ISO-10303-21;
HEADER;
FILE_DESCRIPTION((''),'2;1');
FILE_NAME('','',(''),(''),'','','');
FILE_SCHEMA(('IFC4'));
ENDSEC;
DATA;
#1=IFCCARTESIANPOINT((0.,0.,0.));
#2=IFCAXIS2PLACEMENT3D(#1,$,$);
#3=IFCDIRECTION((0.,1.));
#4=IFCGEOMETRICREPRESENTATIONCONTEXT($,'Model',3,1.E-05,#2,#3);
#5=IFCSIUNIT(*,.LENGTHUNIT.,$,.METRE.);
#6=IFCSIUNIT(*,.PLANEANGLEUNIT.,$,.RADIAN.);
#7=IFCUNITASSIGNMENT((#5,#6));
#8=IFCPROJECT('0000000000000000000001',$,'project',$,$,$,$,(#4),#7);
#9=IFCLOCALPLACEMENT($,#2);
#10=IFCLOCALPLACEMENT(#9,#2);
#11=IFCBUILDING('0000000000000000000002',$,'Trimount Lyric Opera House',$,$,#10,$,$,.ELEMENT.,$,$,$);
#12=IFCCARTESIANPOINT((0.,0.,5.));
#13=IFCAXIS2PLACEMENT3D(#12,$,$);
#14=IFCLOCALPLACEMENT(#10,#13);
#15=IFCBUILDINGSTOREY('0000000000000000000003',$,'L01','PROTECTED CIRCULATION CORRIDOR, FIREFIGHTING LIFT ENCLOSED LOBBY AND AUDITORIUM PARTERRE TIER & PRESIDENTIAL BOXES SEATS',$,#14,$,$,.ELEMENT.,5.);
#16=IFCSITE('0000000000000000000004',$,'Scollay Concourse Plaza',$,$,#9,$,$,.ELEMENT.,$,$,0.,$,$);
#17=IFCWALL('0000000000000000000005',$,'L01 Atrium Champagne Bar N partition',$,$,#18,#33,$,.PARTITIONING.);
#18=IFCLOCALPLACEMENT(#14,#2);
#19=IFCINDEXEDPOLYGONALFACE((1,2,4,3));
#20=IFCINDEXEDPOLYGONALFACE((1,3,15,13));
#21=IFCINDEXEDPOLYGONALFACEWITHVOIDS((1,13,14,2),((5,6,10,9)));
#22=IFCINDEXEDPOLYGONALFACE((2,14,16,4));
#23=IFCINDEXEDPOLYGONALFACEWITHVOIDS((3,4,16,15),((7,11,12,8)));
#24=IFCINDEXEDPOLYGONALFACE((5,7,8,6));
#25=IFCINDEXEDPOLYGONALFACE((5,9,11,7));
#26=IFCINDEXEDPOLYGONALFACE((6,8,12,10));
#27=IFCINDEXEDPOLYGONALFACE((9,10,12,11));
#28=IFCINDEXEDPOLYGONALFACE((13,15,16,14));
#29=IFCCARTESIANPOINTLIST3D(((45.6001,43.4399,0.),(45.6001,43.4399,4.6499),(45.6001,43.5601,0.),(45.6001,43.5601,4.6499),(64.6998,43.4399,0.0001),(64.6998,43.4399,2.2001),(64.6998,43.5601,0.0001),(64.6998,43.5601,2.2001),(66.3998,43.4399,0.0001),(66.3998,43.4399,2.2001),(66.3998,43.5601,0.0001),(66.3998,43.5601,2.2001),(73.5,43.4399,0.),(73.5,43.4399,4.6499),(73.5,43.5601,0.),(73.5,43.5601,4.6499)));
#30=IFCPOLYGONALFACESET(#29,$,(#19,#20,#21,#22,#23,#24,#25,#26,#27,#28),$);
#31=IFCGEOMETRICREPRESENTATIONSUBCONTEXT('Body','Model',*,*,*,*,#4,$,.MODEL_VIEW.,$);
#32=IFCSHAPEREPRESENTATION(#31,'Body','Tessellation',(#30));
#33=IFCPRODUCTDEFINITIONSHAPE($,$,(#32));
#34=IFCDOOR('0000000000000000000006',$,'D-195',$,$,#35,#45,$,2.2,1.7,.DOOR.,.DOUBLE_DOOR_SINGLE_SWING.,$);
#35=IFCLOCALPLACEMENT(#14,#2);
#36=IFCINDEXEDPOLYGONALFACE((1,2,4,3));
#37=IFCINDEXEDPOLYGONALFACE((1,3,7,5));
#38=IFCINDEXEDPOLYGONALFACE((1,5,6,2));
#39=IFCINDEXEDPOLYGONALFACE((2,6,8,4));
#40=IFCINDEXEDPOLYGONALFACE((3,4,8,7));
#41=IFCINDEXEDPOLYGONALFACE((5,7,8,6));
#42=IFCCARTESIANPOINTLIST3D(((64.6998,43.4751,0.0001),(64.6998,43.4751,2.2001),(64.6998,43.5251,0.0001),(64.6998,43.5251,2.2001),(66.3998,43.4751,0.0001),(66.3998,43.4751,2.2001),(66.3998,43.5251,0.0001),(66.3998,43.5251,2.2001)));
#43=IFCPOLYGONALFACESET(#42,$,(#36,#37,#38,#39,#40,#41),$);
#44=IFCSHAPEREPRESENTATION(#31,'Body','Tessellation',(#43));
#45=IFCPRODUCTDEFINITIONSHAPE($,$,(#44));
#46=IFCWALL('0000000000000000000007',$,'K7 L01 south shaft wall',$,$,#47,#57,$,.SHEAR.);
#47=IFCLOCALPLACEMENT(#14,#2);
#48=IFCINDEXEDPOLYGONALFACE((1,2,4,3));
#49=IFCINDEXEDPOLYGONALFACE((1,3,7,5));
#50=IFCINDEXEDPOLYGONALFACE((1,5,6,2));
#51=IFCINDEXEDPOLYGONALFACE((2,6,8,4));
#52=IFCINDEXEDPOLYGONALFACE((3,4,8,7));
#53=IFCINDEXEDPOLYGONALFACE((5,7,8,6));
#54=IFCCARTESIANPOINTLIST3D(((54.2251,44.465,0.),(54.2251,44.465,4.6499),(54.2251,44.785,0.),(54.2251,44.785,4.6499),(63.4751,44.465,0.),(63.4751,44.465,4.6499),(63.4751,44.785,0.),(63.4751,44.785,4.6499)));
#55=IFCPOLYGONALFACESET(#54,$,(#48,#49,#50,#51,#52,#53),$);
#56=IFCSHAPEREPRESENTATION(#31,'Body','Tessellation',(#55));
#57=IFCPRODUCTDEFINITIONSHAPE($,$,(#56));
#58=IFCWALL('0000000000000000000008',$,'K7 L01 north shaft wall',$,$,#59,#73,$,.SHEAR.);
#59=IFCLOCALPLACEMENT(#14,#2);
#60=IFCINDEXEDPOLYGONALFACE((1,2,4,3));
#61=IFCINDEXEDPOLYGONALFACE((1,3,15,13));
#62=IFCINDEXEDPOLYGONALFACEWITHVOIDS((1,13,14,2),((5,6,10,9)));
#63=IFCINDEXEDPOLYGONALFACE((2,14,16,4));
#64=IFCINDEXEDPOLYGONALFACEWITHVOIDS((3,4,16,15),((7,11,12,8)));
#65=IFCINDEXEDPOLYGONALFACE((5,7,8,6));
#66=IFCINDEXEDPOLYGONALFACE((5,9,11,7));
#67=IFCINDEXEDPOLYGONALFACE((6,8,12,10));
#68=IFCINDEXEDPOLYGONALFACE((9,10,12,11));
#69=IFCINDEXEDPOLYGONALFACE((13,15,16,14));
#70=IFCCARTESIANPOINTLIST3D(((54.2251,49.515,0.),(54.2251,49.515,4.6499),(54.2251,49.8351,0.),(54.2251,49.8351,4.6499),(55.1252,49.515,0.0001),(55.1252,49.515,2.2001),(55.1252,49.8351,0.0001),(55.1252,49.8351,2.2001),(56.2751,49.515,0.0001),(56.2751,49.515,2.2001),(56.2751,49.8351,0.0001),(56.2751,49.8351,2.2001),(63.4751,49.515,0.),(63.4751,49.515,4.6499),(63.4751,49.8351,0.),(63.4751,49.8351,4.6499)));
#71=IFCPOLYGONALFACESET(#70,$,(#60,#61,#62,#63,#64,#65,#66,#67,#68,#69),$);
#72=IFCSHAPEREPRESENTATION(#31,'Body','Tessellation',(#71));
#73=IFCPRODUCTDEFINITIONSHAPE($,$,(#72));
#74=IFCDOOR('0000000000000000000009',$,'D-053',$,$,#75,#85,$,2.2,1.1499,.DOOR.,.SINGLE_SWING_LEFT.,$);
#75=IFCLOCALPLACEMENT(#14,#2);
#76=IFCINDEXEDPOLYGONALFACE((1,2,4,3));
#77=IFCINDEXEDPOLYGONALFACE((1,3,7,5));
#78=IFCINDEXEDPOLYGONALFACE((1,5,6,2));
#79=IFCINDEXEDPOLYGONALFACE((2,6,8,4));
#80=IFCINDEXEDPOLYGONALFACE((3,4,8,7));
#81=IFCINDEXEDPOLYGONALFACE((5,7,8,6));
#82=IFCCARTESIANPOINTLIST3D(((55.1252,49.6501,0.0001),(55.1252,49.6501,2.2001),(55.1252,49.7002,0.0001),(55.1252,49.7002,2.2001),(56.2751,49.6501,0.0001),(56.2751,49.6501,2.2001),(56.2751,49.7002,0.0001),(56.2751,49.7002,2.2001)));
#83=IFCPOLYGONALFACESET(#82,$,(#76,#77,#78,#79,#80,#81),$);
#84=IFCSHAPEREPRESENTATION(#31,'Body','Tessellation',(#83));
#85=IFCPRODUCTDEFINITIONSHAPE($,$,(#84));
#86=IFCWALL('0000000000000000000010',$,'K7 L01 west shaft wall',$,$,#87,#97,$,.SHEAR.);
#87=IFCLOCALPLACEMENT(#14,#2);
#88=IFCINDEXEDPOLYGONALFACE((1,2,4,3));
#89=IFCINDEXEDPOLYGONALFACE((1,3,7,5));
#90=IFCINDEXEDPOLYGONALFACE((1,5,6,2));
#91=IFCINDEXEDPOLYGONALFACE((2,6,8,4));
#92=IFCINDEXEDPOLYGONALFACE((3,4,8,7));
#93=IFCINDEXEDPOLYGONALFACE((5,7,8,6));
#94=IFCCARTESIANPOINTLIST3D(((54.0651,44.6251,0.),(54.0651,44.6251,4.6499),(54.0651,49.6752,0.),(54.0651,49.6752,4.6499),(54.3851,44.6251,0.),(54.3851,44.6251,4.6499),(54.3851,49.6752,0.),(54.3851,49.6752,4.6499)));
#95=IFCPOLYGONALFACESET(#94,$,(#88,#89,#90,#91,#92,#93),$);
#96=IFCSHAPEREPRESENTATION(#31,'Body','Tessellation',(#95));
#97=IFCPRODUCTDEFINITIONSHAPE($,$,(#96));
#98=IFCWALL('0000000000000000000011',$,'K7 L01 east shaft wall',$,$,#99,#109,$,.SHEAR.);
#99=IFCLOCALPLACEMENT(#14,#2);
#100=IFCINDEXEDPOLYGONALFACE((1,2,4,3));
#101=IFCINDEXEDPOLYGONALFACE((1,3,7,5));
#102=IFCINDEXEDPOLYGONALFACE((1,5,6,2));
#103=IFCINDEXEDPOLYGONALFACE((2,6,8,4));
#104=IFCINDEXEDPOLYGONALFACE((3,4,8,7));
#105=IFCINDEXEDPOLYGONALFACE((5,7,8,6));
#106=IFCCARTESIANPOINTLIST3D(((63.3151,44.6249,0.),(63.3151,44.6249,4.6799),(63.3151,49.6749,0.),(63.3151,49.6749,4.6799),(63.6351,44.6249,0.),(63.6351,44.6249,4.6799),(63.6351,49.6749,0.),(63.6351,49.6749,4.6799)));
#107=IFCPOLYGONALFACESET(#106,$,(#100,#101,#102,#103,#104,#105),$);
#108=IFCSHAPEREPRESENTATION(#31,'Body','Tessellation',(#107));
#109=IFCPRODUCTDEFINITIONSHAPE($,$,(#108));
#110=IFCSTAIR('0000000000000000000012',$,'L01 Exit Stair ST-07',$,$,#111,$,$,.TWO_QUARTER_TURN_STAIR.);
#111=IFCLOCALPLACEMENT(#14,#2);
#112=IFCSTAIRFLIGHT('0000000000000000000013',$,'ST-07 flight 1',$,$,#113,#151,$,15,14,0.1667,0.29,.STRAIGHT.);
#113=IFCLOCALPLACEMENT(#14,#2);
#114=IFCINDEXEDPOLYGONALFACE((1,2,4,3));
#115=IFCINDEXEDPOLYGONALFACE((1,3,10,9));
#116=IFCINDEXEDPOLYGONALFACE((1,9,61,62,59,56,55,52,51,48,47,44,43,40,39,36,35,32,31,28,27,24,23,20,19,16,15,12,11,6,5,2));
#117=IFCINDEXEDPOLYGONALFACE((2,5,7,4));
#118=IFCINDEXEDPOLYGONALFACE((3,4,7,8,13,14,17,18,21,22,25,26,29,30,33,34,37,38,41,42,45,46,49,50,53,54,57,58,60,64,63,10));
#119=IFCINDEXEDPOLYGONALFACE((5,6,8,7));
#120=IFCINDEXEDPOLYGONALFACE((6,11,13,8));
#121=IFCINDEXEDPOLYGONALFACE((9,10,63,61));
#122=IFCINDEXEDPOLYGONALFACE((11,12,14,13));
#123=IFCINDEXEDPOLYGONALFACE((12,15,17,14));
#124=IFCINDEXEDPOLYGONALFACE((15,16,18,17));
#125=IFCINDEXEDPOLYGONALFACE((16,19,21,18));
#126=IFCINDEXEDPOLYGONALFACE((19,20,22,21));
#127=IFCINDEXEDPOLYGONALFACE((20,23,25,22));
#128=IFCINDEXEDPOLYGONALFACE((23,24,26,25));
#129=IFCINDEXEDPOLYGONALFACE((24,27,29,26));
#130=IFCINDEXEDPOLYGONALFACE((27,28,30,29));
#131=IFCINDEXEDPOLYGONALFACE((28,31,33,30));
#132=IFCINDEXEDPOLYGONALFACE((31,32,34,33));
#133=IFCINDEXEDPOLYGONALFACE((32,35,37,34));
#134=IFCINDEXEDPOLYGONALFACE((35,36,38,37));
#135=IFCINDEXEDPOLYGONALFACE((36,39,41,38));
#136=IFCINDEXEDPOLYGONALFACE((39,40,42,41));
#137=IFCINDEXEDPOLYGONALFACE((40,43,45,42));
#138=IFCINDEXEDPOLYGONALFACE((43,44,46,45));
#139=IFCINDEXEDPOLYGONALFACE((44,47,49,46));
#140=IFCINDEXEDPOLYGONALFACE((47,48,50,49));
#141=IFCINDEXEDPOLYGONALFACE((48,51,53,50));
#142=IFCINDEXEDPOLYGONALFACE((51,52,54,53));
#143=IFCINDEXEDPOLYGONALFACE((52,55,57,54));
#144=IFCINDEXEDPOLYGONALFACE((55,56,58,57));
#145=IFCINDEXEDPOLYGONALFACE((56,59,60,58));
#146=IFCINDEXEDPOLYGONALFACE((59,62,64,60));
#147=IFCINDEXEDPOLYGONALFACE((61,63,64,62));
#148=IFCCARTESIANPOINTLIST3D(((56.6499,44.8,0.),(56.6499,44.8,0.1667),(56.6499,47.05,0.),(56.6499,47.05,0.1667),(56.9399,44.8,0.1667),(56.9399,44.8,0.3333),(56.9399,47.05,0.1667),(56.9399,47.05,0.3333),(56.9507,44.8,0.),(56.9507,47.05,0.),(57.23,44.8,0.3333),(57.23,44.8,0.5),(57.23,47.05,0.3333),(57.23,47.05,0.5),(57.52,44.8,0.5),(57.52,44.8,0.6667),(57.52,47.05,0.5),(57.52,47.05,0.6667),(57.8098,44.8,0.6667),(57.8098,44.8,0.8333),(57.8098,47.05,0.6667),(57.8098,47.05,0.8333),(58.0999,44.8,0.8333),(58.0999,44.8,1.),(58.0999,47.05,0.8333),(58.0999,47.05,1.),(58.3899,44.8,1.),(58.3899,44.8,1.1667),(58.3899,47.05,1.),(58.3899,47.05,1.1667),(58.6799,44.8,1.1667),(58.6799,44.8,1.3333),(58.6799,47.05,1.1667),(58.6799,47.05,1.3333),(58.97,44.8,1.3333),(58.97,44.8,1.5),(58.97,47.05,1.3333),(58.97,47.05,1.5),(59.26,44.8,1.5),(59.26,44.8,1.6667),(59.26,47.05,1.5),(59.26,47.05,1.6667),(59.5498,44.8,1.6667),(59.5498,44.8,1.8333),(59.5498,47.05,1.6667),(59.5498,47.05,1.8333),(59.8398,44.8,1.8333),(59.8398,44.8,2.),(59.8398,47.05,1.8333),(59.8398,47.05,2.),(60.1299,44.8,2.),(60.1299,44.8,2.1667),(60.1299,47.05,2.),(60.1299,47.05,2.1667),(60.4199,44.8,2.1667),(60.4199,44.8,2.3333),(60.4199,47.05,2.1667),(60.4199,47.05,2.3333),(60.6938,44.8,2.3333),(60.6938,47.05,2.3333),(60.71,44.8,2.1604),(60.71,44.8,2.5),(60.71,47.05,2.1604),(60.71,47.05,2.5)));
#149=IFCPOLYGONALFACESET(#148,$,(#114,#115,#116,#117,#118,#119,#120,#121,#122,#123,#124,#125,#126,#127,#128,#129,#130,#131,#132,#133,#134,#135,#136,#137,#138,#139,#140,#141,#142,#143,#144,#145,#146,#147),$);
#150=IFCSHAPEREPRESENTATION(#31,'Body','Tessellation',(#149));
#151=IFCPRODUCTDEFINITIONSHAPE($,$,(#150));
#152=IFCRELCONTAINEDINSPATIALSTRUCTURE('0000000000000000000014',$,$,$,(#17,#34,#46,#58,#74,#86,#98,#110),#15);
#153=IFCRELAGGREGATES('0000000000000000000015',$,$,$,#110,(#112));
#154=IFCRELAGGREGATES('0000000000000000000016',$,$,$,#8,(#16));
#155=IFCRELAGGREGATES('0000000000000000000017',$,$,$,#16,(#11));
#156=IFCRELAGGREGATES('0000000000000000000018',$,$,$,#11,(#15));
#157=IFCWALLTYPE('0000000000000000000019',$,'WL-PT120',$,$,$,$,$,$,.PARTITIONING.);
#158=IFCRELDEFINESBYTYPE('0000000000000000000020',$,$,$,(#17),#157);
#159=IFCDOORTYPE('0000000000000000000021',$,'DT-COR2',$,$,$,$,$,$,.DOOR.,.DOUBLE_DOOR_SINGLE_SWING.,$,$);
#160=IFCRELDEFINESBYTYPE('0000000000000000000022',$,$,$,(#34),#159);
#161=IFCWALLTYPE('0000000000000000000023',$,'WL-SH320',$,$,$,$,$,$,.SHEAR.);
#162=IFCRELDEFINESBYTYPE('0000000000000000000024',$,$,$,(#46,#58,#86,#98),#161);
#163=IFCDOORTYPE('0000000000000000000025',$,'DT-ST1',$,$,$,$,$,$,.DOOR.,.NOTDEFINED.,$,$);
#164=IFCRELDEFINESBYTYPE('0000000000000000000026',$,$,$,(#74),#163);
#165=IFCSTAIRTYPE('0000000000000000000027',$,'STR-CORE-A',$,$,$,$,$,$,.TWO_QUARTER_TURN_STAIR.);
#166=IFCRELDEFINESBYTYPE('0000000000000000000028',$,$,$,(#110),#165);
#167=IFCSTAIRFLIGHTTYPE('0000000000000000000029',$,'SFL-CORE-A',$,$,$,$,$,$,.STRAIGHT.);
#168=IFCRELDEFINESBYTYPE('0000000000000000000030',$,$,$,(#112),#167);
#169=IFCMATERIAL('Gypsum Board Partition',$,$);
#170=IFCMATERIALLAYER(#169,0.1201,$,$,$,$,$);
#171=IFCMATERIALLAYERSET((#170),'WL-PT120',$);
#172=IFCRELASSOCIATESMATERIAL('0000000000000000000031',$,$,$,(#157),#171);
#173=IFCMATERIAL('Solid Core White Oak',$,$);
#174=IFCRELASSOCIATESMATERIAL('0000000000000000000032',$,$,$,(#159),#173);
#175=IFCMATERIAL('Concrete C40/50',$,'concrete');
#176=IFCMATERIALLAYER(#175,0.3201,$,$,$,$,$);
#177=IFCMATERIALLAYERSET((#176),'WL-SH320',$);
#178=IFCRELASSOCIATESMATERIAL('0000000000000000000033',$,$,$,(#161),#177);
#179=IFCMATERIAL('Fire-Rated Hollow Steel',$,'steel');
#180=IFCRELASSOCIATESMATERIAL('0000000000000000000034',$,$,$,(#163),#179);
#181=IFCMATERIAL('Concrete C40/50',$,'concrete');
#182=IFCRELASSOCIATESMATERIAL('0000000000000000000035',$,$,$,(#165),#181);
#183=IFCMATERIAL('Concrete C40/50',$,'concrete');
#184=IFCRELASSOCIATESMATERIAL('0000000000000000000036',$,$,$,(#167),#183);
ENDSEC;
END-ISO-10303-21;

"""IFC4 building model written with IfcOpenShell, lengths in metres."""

from ifc_helpers import new_model, si_unit, direction, frame, frame_2d, origin, place, context, subcontext, project, spatial, polyline, rectangle, outline, extrude, material, layer, layer_set, type_object, element, fill, aggregate, save


model = new_model("IFC4")

# Units and contexts
model_context = context("Model", 3, precision=1e-05, world=origin(), true_north=direction((0.0, 1.0)))
body_context = subcontext(model_context, "Body", "Model", "MODEL_VIEW")
ifc_project = project(units=[si_unit("LENGTHUNIT", "METRE"), si_unit("PLANEANGLEUNIT", "RADIAN")], contexts=[model_context])

# Site, building, storey
site_placement = place(None, origin())
site = spatial("IfcSite", under=ifc_project, at=site_placement, Name="Scollay Concourse Plaza", CompositionType="ELEMENT", RefElevation=0.0)
building_placement = place(site_placement, origin())
building = spatial("IfcBuilding", under=site, at=building_placement, Name="Trimount Lyric Opera House", CompositionType="ELEMENT")
storey_placement = place(building_placement, frame((0.0, 0.0, 5.0)))
storey = spatial("IfcBuildingStorey", under=building, at=storey_placement, Name="L01", Description="PROTECTED CIRCULATION CORRIDOR, FIREFIGHTING LIFT ENCLOSED LOBBY AND AUDITORIUM PARTERRE TIER & PRESIDENTIAL BOXES SEATS", CompositionType="ELEMENT", Elevation=5.0)

# Wall, opening, door
ifc_material_1 = material(Name="Gypsum Board Partition")
ifc_layer_1 = layer(ifc_material_1, 0.1201)
ifc_layer_set_1 = layer_set([ifc_layer_1], Name="WL-PT120")
wall_type_1 = type_object("IfcWallType", Name="WL-PT120", PredefinedType="PARTITIONING", material=ifc_layer_set_1)
wall_1_placement = place(storey_placement, frame((73.5, 43.5, 0.0), z_axis=(0.0, 0.0, 1.0), x_axis=(-1.0, 0.0, 0.0)))
wall_1 = element("IfcWall", 1, at=wall_1_placement, inside=storey, type_object=wall_type_1, Name="L01 Atrium Champagne Bar N partition", PredefinedType="PARTITIONING", context=body_context, shape_type="SweptSolid", body=[
    extrude(rectangle(XDim=27.8999, YDim=0.1201, at=frame_2d((13.95, 0.0))), origin(), (0.0, 0.0, 1.0), 4.6499),
])
opening_1_placement = place(wall_1_placement, frame((7.1001, 0.0, 0.0)))
opening_1 = element("IfcOpeningElement", 2, at=opening_1_placement, cuts=wall_1, PredefinedType="OPENING", context=body_context, shape_type="SweptSolid", body=[
    extrude(rectangle(XDim=1.7, YDim=2.2, at=frame_2d((0.8501, 1.1001))), frame((0.0, 0.0701, 0.0), z_axis=(0.0, -1.0, 0.0), x_axis=(1.0, 0.0, 0.0)), (0.0, 0.0, 1.0), 0.1401),
])
ifc_material_2 = material(Name="Solid Core White Oak")
door_type_1 = type_object("IfcDoorType", Name="DT-COR2", OperationType="DOUBLE_DOOR_SINGLE_SWING", PredefinedType="DOOR", material=ifc_material_2)
door_1_placement = place(opening_1_placement, origin())
door_1 = element("IfcDoor", 3, at=door_1_placement, inside=storey, type_object=door_type_1, Name="D-195", OperationType="DOUBLE_DOOR_SINGLE_SWING", OverallHeight=2.2, OverallWidth=1.7, PredefinedType="DOOR", context=body_context, shape_type="SweptSolid", body=[
    extrude(rectangle(XDim=1.7, YDim=2.2, at=frame_2d((0.8501, 1.1001))), frame((0.0, 0.0249, 0.0), z_axis=(0.0, -1.0, 0.0), x_axis=(1.0, 0.0, 0.0)), (0.0, 0.0, 1.0), 0.05),
])
fill(opening_1, door_1)

# Wall
ifc_material_3 = material(Name="Concrete C40/50", Category="concrete")
ifc_layer_2 = layer(ifc_material_3, 0.3201)
ifc_layer_set_2 = layer_set([ifc_layer_2], Name="WL-SH320")
wall_type_2 = type_object("IfcWallType", Name="WL-SH320", PredefinedType="SHEAR", material=ifc_layer_set_2)
wall_2_placement = place(storey_placement, frame((54.2251, 44.625, 0.0), z_axis=(0.0, 0.0, 1.0), x_axis=(1.0, 0.0, 0.0)))
element("IfcWall", 4, at=wall_2_placement, inside=storey, type_object=wall_type_2, Name="K7 L01 south shaft wall", PredefinedType="SHEAR", context=body_context, shape_type="SweptSolid", body=[
    extrude(rectangle(XDim=9.25, YDim=0.3201, at=frame_2d((4.625, 0.0))), origin(), (0.0, 0.0, 1.0), 4.6499),
])

# Wall, opening, door
wall_3_placement = place(storey_placement, frame((63.4751, 49.675, 0.0), z_axis=(0.0, 0.0, 1.0), x_axis=(-1.0, 0.0, 0.0)))
wall_3 = element("IfcWall", 5, at=wall_3_placement, inside=storey, type_object=wall_type_2, Name="K7 L01 north shaft wall", PredefinedType="SHEAR", context=body_context, shape_type="SweptSolid", body=[
    extrude(rectangle(XDim=9.25, YDim=0.3201, at=frame_2d((4.625, 0.0))), origin(), (0.0, 0.0, 1.0), 4.6499),
])
opening_2_placement = place(wall_3_placement, frame((7.2, 0.0, 0.0)))
opening_2 = element("IfcOpeningElement", 6, at=opening_2_placement, cuts=wall_3, PredefinedType="OPENING", context=body_context, shape_type="SweptSolid", body=[
    extrude(rectangle(XDim=1.1499, YDim=2.2, at=frame_2d((0.575, 1.1001))), frame((0.0, 0.1699, 0.0), z_axis=(0.0, -1.0, 0.0), x_axis=(1.0, 0.0, 0.0)), (0.0, 0.0, 1.0), 0.3401),
])
ifc_material_4 = material(Name="Fire-Rated Hollow Steel", Category="steel")
door_type_2 = type_object("IfcDoorType", Name="DT-ST1", OperationType="NOTDEFINED", PredefinedType="DOOR", material=ifc_material_4)
door_2_placement = place(opening_2_placement, origin())
door_2 = element("IfcDoor", 7, at=door_2_placement, inside=storey, type_object=door_type_2, Name="D-053", OperationType="SINGLE_SWING_LEFT", OverallHeight=2.2, OverallWidth=1.1499, PredefinedType="DOOR", context=body_context, shape_type="SweptSolid", body=[
    extrude(rectangle(XDim=1.1499, YDim=2.2, at=frame_2d((0.575, 1.1001))), frame((0.0, 0.0249, 0.0), z_axis=(0.0, -1.0, 0.0), x_axis=(1.0, 0.0, 0.0)), (0.0, 0.0, 1.0), 0.05),
])
fill(opening_2, door_2)

# Walls
wall_4_placement = place(storey_placement, frame((54.2251, 49.675, 0.0), z_axis=(0.0, 0.0, 1.0), x_axis=(0.0, -1.0, 0.0)))
element("IfcWall", 8, at=wall_4_placement, inside=storey, type_object=wall_type_2, Name="K7 L01 west shaft wall", PredefinedType="SHEAR", context=body_context, shape_type="SweptSolid", body=[
    extrude(rectangle(XDim=5.05, YDim=0.3201, at=frame_2d((2.5249, 0.0))), origin(), (0.0, 0.0, 1.0), 4.6499),
])
wall_5_placement = place(storey_placement, frame((63.4751, 44.625, 0.0), z_axis=(0.0, 0.0, 1.0), x_axis=(0.0, 1.0, 0.0)))
element("IfcWall", 9, at=wall_5_placement, inside=storey, type_object=wall_type_2, Name="K7 L01 east shaft wall", PredefinedType="SHEAR", context=body_context, shape_type="SweptSolid", body=[
    extrude(rectangle(XDim=5.05, YDim=0.3201, at=frame_2d((2.5249, 0.0))), origin(), (0.0, 0.0, 1.0), 4.6799),
])

# Stair, stair flight
ifc_material_5 = material(Name="Concrete C40/50", Category="concrete")
stair_type = type_object("IfcStairType", Name="STR-CORE-A", PredefinedType="TWO_QUARTER_TURN_STAIR", material=ifc_material_5)
stair_placement = place(storey_placement, origin())
stair = element("IfcStair", 10, at=stair_placement, inside=storey, type_object=stair_type, Name="L01 Exit Stair ST-07", PredefinedType="TWO_QUARTER_TURN_STAIR")
ifc_material_6 = material(Name="Concrete C40/50", Category="concrete")
stair_flight_type = type_object("IfcStairFlightType", Name="SFL-CORE-A", PredefinedType="STRAIGHT", material=ifc_material_6)
stair_flight_1_placement = place(storey_placement, frame((56.6499, 45.925, 0.0), z_axis=(0.0, 0.0, 1.0), x_axis=(1.0, 0.0, 0.0)))
stair_flight_1 = element("IfcStairFlight", 11, at=stair_flight_1_placement, type_object=stair_flight_type, Name="ST-07 flight 1", NumberOfRisers=15, NumberOfTreads=14, PredefinedType="STRAIGHT", RiserHeight=0.1667, TreadLength=0.29, context=body_context, shape_type="SweptSolid", body=[
    extrude(outline(polyline([(0.0, 0.0), (0.0, 0.1667), (0.29, 0.1667), (0.29, 0.3333), (0.5801, 0.3333), (0.5801, 0.5), (0.8701, 0.5), (0.8701, 0.6667), (1.1599, 0.6667), (1.1599, 0.8333), (1.45, 0.8333), (1.45, 1.0), (1.74, 1.0), (1.74, 1.1667), (2.03, 1.1667), (2.03, 1.3333), (2.3201, 1.3333), (2.3201, 1.5), (2.6101, 1.5), (2.6101, 1.6667), (2.8999, 1.6667), (2.8999, 1.8333), (3.1899, 1.8333), (3.1899, 2.0), (3.48, 2.0), (3.48, 2.1667), (3.77, 2.1667), (3.77, 2.3333), (4.0439, 2.3333), (4.0601, 2.5), (4.0601, 2.1604), (0.3008, 0.0), (0.0, 0.0)])), frame((0.0, 1.125, 0.0), z_axis=(0.0, -1.0, 0.0), x_axis=(1.0, 0.0, 0.0)), (0.0, 0.0, 1.0), 2.25),
])
aggregate(stair, [stair_flight_1])

save(model, "model.ifc")
